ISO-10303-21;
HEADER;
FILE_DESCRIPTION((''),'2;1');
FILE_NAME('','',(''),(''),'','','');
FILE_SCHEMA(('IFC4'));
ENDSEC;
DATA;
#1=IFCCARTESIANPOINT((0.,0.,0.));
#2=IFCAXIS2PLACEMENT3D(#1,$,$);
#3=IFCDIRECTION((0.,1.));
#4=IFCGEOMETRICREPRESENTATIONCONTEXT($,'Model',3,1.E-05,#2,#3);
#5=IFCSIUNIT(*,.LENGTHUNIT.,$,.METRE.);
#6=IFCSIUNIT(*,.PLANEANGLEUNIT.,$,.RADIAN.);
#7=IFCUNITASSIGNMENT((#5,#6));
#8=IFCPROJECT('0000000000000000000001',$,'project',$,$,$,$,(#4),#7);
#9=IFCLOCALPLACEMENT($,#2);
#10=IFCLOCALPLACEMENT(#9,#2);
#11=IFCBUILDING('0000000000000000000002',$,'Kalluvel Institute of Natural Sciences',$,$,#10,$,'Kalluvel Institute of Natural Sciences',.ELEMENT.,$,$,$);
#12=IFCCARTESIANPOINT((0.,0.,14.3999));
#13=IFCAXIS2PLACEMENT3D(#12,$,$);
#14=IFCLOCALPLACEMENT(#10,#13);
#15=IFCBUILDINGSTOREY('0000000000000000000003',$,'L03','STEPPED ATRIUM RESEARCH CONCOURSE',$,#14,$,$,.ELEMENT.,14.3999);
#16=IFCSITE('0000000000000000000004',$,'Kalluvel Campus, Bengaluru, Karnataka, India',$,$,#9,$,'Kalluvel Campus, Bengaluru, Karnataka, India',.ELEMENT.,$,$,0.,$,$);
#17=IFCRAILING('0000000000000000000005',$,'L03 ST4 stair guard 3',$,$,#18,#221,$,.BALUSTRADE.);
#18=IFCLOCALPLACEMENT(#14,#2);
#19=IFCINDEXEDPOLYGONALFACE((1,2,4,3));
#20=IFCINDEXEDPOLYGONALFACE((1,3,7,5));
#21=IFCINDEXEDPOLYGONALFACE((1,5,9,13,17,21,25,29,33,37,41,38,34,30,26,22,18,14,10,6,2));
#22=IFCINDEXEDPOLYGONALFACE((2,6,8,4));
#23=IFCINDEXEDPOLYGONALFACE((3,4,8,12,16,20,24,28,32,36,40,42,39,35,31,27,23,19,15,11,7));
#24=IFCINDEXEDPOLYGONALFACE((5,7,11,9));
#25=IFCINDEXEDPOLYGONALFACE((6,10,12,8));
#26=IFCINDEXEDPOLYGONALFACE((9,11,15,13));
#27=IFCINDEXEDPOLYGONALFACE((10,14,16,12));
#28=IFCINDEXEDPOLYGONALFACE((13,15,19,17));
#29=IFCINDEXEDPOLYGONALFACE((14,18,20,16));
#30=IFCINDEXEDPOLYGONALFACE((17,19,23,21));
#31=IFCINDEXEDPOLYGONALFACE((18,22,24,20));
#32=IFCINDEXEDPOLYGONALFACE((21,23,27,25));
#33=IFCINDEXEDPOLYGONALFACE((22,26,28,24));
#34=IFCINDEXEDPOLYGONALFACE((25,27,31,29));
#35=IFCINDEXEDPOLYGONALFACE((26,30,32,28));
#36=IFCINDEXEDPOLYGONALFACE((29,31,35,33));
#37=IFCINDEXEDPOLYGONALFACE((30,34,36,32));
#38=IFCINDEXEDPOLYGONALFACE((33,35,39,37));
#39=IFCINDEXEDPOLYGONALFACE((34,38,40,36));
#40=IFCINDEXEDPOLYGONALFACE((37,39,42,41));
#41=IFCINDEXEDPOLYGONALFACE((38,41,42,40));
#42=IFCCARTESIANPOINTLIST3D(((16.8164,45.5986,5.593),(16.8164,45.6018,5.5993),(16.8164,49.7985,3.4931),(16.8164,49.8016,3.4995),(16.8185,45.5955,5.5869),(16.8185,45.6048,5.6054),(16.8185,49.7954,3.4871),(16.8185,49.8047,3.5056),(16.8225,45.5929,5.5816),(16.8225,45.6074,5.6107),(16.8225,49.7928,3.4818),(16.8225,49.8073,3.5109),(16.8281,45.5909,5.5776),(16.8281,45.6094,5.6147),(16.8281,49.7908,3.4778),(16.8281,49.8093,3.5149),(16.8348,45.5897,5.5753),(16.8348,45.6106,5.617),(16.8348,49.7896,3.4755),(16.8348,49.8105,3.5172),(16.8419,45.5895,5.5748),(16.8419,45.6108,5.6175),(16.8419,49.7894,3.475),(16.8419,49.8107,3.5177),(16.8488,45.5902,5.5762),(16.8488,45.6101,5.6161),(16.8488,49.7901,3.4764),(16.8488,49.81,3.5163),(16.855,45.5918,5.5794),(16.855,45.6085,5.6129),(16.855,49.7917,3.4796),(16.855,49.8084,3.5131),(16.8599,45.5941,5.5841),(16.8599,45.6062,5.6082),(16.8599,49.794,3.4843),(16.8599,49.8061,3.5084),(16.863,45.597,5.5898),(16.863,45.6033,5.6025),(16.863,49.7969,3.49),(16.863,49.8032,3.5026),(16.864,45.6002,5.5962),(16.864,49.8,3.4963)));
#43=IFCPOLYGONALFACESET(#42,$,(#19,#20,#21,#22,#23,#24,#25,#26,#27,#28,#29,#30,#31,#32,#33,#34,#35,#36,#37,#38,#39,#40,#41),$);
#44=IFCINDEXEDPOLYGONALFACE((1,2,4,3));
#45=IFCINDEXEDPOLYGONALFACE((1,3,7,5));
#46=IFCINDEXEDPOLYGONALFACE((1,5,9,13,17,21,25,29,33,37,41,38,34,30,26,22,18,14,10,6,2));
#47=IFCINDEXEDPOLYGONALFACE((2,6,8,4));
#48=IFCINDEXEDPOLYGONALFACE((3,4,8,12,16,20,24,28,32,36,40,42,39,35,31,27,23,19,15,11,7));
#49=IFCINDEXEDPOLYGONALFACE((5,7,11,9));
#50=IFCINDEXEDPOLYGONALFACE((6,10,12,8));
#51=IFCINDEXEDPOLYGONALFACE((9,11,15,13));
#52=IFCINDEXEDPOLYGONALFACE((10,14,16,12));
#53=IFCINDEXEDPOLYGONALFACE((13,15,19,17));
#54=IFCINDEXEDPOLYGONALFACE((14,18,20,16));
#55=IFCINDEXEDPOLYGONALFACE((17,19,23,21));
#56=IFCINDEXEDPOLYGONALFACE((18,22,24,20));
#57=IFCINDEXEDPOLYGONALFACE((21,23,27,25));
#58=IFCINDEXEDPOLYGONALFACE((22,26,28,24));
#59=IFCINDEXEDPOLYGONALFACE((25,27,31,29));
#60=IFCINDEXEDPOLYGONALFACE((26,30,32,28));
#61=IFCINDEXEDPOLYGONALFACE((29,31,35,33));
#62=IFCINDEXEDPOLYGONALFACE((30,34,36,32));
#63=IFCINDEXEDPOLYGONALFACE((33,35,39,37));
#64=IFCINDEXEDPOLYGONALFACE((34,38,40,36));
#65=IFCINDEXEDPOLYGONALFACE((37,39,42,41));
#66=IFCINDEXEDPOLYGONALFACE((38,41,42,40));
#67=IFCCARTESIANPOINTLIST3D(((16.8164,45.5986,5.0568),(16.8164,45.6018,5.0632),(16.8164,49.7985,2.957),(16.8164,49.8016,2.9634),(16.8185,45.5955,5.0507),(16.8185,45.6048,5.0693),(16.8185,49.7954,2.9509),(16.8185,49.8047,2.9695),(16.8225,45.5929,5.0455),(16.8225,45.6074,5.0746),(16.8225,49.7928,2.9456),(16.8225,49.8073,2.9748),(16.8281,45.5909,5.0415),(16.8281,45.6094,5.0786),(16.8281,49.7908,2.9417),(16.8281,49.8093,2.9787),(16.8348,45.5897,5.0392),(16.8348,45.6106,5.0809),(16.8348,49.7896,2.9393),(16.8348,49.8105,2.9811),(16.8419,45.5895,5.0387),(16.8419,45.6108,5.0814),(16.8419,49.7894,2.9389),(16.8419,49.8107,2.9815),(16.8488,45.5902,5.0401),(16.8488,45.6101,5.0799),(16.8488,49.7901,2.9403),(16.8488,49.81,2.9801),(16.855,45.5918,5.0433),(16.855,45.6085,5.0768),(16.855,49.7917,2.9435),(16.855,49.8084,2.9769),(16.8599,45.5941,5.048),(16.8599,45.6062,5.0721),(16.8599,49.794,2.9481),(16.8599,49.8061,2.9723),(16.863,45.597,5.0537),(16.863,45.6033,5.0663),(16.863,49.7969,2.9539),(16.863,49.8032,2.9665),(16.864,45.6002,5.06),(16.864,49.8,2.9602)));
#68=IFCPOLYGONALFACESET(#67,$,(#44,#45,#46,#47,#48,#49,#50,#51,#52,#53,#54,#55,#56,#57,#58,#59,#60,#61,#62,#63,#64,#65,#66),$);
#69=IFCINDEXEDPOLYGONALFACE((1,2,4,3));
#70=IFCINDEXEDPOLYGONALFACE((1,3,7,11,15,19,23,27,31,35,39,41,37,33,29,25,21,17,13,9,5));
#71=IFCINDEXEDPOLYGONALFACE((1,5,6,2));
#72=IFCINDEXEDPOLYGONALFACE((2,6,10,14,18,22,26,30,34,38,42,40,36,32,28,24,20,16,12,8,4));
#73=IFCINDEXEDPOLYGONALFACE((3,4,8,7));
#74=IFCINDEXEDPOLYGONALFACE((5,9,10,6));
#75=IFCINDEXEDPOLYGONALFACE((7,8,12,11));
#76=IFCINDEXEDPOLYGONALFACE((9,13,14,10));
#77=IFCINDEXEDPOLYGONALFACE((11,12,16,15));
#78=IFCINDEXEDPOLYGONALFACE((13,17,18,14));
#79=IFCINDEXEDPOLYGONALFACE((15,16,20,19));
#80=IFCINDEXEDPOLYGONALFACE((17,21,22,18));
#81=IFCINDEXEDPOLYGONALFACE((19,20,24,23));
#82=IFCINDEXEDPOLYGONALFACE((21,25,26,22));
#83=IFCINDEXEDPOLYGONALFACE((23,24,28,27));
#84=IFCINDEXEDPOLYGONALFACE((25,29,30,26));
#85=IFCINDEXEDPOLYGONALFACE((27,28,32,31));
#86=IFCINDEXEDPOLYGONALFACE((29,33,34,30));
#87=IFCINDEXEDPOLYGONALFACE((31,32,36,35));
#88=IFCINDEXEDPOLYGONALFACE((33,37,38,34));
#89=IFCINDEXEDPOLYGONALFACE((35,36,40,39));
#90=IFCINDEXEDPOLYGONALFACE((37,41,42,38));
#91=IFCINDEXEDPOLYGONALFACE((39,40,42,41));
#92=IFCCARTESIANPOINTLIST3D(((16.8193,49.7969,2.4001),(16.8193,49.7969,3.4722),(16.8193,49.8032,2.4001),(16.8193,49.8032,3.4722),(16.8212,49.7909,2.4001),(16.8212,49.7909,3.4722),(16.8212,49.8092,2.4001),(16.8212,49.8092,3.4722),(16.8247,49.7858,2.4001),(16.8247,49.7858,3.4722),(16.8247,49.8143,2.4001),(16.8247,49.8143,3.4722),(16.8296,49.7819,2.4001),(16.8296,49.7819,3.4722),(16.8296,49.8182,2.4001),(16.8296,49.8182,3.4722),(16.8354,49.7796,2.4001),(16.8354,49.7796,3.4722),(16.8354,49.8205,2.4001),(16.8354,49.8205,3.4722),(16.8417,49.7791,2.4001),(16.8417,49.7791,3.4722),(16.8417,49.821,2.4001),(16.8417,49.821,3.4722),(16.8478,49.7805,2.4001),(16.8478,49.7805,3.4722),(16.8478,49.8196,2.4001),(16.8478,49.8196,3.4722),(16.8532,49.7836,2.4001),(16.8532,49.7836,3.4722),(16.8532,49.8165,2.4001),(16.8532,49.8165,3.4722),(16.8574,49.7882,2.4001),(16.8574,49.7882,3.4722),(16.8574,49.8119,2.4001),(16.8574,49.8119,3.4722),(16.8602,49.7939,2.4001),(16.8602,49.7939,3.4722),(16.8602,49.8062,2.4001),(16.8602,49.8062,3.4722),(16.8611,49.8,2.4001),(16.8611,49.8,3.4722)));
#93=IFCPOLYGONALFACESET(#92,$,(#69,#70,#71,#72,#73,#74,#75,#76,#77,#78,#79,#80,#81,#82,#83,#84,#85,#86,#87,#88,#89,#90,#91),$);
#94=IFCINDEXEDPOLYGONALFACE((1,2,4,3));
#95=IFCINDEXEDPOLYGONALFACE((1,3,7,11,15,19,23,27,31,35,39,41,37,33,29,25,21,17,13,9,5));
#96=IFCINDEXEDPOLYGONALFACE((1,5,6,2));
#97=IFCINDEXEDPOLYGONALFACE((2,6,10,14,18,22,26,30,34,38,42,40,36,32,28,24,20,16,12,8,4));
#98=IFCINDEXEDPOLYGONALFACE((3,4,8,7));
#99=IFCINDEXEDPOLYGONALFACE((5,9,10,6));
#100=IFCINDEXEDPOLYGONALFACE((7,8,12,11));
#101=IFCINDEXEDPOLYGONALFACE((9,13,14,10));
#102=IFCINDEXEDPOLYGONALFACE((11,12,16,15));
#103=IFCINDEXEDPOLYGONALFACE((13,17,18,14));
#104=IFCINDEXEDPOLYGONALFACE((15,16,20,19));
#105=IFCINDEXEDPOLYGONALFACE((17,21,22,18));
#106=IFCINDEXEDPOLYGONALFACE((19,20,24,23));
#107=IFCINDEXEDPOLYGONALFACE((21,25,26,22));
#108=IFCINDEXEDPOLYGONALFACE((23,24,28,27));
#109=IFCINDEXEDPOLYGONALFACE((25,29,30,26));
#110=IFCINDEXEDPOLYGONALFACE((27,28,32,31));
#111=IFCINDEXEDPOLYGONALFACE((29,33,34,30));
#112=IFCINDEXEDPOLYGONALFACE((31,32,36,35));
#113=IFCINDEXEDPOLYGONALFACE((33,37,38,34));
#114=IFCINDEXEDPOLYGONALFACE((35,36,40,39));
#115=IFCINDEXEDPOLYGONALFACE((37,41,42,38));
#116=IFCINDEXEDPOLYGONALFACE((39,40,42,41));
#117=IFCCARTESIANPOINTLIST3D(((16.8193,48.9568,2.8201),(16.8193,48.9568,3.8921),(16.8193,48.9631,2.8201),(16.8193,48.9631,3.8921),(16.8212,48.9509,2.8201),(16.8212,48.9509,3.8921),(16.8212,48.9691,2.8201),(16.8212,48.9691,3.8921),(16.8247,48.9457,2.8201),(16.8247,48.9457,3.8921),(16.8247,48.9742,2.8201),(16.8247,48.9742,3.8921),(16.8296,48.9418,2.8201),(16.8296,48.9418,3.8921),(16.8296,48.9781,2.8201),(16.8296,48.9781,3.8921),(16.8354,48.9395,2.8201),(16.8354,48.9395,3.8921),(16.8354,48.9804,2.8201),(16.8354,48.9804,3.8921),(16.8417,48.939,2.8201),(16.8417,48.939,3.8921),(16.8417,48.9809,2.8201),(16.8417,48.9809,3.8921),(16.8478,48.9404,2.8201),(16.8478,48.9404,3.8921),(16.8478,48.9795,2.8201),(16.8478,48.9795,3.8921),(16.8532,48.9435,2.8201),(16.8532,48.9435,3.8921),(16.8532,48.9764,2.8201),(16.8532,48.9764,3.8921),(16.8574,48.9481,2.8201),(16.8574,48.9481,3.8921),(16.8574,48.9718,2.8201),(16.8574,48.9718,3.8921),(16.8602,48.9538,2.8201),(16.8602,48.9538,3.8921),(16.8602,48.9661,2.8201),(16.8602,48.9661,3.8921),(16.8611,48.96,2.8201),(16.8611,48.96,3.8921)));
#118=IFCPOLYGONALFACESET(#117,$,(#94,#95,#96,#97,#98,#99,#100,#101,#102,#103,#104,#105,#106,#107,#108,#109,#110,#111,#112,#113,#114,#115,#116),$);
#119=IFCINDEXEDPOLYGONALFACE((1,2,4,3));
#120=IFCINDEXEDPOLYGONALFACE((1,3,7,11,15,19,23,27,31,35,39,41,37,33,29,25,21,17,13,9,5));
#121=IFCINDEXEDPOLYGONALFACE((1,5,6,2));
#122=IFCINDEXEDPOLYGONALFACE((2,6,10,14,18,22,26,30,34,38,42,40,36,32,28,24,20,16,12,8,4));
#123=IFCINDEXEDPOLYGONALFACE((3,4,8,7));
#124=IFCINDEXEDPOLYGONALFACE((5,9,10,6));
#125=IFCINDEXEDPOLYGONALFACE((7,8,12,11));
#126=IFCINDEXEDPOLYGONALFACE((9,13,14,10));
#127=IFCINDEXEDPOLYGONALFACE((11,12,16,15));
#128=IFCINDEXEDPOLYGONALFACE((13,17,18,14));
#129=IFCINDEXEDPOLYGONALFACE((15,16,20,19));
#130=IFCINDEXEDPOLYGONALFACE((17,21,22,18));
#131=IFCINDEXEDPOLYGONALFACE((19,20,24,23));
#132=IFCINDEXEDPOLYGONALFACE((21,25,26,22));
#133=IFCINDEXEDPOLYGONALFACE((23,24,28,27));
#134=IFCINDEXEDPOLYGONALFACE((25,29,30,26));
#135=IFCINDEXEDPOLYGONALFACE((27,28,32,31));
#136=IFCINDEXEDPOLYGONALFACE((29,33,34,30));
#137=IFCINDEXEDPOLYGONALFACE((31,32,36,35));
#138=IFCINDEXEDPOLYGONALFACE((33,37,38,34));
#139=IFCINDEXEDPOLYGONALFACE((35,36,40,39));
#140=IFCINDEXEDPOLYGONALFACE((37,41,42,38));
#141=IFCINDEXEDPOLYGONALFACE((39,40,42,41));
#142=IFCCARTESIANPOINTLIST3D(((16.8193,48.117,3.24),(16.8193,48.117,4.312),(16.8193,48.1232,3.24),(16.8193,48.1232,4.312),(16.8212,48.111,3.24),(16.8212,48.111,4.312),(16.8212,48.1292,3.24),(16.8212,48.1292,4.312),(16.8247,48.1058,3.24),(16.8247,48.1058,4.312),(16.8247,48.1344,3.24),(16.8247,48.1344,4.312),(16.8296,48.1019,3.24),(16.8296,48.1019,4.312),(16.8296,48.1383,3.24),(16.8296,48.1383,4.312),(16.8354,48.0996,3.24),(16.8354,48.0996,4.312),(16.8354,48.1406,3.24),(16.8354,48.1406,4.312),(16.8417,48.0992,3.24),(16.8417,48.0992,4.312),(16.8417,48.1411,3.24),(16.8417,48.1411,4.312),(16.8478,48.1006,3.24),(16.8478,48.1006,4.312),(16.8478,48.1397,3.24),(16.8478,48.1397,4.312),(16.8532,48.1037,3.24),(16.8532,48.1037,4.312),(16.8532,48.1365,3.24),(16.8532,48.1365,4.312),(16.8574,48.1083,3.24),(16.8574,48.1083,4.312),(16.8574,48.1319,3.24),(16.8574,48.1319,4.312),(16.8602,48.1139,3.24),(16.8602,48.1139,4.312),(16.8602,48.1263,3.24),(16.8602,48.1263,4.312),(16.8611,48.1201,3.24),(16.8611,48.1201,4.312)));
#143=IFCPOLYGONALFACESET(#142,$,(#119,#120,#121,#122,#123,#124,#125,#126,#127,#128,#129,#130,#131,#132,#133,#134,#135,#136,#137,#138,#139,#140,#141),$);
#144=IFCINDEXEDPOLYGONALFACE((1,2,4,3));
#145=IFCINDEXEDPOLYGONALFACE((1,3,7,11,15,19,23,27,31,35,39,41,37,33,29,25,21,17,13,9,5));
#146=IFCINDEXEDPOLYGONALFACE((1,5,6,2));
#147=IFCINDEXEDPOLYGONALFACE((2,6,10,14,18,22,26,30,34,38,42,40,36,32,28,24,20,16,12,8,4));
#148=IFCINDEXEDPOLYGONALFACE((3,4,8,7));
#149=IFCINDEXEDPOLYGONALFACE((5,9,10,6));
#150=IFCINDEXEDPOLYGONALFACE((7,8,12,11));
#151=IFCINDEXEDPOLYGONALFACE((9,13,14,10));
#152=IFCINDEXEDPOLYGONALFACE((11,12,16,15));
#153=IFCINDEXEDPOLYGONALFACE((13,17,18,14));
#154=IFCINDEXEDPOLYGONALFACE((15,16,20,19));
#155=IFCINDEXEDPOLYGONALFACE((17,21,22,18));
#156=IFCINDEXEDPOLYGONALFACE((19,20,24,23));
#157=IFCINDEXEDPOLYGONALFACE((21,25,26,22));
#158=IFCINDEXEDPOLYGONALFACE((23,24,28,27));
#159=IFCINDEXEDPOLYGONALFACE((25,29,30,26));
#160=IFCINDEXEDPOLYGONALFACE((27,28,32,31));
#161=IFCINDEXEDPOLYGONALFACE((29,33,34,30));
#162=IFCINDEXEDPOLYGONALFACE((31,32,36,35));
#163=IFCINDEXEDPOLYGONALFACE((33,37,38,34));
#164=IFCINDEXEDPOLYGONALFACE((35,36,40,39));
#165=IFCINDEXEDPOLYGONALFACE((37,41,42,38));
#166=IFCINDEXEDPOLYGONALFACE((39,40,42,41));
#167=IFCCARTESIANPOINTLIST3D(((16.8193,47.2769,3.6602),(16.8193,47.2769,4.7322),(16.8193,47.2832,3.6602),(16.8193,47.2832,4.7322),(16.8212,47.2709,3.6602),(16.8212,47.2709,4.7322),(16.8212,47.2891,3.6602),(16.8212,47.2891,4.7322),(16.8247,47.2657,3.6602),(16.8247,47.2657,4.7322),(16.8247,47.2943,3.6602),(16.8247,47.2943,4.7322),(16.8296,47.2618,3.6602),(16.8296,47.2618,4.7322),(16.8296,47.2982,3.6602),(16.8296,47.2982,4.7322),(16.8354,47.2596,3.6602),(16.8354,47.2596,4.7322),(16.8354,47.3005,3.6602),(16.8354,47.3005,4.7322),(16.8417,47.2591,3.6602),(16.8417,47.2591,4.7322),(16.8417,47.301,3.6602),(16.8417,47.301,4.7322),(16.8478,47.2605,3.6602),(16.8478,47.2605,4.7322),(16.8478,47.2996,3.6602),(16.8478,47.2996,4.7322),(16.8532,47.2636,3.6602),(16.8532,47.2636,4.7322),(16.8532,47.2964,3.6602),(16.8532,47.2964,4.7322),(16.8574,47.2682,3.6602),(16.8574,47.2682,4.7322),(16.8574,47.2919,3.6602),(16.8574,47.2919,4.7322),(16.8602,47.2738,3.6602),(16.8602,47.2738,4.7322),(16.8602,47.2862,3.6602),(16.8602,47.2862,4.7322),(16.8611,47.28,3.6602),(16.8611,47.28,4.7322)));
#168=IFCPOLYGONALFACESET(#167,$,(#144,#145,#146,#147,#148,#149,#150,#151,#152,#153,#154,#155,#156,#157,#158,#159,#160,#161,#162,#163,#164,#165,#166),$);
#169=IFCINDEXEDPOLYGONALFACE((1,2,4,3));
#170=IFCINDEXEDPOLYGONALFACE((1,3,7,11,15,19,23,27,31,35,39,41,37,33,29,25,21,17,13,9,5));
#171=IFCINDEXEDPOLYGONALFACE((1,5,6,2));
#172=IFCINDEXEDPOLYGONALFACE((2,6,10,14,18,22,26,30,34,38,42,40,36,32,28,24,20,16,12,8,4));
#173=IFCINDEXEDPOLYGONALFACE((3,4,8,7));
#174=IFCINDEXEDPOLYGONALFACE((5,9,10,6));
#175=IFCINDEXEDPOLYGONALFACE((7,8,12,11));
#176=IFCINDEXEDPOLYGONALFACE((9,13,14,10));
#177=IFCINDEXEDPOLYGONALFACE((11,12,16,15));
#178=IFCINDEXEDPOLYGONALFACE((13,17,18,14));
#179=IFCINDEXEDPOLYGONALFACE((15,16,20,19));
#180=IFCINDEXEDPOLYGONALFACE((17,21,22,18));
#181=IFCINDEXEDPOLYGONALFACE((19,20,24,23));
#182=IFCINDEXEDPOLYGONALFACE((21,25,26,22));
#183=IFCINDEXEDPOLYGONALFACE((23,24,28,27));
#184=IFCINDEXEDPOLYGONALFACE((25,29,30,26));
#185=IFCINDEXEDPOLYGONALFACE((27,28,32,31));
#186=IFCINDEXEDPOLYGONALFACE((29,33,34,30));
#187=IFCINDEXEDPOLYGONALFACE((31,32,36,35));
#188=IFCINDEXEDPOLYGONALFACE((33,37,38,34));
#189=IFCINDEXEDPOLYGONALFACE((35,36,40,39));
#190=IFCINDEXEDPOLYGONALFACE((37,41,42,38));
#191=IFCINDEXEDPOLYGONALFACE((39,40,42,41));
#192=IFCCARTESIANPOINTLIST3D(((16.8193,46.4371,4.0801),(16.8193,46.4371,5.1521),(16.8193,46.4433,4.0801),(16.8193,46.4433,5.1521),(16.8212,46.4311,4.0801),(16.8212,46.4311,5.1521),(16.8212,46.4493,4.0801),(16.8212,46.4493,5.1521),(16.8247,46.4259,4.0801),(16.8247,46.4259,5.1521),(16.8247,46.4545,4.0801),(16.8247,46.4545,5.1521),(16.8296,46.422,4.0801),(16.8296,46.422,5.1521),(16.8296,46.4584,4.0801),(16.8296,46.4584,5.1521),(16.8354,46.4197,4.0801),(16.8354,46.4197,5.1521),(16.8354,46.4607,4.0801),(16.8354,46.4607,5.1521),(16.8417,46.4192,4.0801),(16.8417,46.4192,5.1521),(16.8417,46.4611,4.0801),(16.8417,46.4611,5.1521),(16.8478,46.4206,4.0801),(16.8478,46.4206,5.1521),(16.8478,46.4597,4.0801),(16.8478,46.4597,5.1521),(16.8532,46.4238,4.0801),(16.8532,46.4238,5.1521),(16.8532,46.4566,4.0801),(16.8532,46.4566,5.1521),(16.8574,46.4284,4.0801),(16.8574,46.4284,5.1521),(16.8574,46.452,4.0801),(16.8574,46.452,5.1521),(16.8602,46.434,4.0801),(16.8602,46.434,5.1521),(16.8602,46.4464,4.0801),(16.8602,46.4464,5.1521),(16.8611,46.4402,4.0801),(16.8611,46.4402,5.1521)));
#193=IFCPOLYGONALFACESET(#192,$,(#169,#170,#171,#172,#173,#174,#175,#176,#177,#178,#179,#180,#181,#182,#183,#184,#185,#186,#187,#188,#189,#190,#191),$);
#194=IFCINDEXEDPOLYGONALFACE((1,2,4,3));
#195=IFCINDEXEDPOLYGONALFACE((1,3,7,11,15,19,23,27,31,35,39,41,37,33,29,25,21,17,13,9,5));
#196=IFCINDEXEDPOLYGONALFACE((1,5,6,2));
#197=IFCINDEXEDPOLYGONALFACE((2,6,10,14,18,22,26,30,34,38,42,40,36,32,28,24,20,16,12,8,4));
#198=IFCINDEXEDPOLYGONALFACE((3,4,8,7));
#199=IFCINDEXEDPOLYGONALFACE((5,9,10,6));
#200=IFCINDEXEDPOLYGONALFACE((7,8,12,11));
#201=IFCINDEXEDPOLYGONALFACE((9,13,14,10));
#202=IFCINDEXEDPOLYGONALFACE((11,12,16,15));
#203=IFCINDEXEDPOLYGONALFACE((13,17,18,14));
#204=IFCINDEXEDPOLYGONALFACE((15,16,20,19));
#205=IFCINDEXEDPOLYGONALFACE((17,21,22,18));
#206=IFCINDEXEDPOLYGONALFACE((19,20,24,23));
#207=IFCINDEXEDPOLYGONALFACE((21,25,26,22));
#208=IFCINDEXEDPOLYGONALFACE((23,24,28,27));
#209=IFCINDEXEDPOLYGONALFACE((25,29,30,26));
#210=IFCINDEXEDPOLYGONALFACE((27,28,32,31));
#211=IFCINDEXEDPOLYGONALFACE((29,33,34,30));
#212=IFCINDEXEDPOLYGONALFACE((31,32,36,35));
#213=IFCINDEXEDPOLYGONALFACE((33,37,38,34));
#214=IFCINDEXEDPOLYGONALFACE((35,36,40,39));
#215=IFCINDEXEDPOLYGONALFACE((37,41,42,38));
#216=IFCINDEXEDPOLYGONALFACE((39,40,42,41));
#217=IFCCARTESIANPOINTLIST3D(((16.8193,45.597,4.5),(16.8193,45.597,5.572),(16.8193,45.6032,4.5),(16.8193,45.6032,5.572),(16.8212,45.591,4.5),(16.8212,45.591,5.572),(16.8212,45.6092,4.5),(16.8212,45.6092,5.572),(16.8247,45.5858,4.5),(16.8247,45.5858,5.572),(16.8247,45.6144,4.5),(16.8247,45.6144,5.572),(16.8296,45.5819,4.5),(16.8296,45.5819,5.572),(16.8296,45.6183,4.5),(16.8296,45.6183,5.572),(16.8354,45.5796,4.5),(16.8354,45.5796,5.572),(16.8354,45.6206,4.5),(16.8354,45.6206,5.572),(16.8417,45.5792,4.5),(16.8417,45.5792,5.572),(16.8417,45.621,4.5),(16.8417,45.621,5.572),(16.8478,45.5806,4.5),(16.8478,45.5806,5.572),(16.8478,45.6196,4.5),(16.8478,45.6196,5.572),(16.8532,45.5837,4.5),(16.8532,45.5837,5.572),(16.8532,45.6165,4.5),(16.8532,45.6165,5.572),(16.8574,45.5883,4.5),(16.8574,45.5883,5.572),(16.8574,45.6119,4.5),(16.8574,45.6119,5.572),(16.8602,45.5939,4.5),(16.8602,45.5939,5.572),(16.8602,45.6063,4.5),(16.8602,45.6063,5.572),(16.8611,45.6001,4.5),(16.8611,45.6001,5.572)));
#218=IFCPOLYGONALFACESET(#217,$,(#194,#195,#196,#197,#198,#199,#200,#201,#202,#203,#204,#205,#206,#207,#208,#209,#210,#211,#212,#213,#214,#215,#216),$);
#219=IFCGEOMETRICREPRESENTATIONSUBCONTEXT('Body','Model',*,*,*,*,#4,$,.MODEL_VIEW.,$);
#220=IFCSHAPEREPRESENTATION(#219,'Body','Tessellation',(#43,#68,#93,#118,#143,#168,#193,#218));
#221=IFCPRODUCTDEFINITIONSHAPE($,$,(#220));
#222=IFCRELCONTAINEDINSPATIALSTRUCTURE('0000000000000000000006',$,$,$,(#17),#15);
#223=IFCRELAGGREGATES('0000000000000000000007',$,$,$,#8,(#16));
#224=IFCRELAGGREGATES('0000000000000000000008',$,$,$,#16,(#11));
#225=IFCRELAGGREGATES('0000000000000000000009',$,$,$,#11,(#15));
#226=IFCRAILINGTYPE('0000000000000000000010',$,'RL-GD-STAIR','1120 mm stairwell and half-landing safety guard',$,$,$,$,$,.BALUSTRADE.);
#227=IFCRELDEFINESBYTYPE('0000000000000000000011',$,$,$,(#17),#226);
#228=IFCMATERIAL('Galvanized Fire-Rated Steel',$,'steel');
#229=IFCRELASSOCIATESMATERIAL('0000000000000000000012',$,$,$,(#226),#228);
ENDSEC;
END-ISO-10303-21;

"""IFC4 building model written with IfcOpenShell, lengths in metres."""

from ifc_helpers import new_model, si_unit, direction, frame, origin, origin_2d, place, context, subcontext, project, spatial, circle, extrude, material, type_object, element, save


model = new_model("IFC4")

# Units and contexts
model_context = context("Model", 3, precision=1e-05, world=origin(), true_north=direction((0.0, 1.0)))
body_context = subcontext(model_context, "Body", "Model", "MODEL_VIEW")
ifc_project = project(units=[si_unit("LENGTHUNIT", "METRE"), si_unit("PLANEANGLEUNIT", "RADIAN")], contexts=[model_context])

# Site, building, storey
site_placement = place(None, origin())
site = spatial("IfcSite", under=ifc_project, at=site_placement, Name="Kalluvel Campus, Bengaluru, Karnataka, India", LongName="Kalluvel Campus, Bengaluru, Karnataka, India", CompositionType="ELEMENT", RefElevation=0.0)
building_placement = place(site_placement, origin())
building = spatial("IfcBuilding", under=site, at=building_placement, Name="Kalluvel Institute of Natural Sciences", LongName="Kalluvel Institute of Natural Sciences", CompositionType="ELEMENT")
storey_placement = place(building_placement, frame((0.0, 0.0, 14.3999)))
storey = spatial("IfcBuildingStorey", under=building, at=storey_placement, Name="L03", Description="STEPPED ATRIUM RESEARCH CONCOURSE", CompositionType="ELEMENT", Elevation=14.3999)

# Shared definitions
ifc_material_1 = material(Name="Galvanized Fire-Rated Steel", Category="steel")

# Railing
railing_type_1 = type_object("IfcRailingType", Name="RL-GD-STAIR", Description="1120 mm stairwell and half-landing safety guard", PredefinedType="BALUSTRADE", material=ifc_material_1)
railing_1_placement = place(storey_placement, frame((16.8401, 49.8, 2.4001)))
element("IfcRailing", 1, at=railing_1_placement, inside=storey, type_object=railing_type_1, Name="L03 ST4 stair guard 3", PredefinedType="BALUSTRADE", context=body_context, shape_type="SweptSolid", body=[
    extrude(circle(Radius=0.0239, at=origin_2d()), frame((0.0, 0.0, 1.0962), z_axis=(0.0, -0.894438, 0.447193), x_axis=(1.0, 0.0, 0.0)), (0.0, 0.0, 1.0), 4.6956),
    extrude(circle(Radius=0.0239, at=origin_2d()), frame((0.0, 0.0, 0.5601), z_axis=(0.0, -0.894438, 0.447193), x_axis=(1.0, 0.0, 0.0)), (0.0, 0.0, 1.0), 4.6956),
    extrude(circle(Radius=0.021, at=origin_2d()), origin(), (0.0, 0.0, 1.0), 1.072),
    extrude(circle(Radius=0.021, at=origin_2d()), frame((0.0, -0.8401, 0.4199)), (0.0, 0.0, 1.0), 1.072),
    extrude(circle(Radius=0.021, at=origin_2d()), frame((0.0, -1.6799, 0.8398)), (0.0, 0.0, 1.0), 1.072),
    extrude(circle(Radius=0.021, at=origin_2d()), frame((0.0, -2.52, 1.26)), (0.0, 0.0, 1.0), 1.072),
    extrude(circle(Radius=0.021, at=origin_2d()), frame((0.0, -3.3599, 1.6799)), (0.0, 0.0, 1.0), 1.072),
    extrude(circle(Radius=0.021, at=origin_2d()), frame((0.0, -4.2, 2.0999)), (0.0, 0.0, 1.0), 1.072),
])

save(model, "model.ifc")
